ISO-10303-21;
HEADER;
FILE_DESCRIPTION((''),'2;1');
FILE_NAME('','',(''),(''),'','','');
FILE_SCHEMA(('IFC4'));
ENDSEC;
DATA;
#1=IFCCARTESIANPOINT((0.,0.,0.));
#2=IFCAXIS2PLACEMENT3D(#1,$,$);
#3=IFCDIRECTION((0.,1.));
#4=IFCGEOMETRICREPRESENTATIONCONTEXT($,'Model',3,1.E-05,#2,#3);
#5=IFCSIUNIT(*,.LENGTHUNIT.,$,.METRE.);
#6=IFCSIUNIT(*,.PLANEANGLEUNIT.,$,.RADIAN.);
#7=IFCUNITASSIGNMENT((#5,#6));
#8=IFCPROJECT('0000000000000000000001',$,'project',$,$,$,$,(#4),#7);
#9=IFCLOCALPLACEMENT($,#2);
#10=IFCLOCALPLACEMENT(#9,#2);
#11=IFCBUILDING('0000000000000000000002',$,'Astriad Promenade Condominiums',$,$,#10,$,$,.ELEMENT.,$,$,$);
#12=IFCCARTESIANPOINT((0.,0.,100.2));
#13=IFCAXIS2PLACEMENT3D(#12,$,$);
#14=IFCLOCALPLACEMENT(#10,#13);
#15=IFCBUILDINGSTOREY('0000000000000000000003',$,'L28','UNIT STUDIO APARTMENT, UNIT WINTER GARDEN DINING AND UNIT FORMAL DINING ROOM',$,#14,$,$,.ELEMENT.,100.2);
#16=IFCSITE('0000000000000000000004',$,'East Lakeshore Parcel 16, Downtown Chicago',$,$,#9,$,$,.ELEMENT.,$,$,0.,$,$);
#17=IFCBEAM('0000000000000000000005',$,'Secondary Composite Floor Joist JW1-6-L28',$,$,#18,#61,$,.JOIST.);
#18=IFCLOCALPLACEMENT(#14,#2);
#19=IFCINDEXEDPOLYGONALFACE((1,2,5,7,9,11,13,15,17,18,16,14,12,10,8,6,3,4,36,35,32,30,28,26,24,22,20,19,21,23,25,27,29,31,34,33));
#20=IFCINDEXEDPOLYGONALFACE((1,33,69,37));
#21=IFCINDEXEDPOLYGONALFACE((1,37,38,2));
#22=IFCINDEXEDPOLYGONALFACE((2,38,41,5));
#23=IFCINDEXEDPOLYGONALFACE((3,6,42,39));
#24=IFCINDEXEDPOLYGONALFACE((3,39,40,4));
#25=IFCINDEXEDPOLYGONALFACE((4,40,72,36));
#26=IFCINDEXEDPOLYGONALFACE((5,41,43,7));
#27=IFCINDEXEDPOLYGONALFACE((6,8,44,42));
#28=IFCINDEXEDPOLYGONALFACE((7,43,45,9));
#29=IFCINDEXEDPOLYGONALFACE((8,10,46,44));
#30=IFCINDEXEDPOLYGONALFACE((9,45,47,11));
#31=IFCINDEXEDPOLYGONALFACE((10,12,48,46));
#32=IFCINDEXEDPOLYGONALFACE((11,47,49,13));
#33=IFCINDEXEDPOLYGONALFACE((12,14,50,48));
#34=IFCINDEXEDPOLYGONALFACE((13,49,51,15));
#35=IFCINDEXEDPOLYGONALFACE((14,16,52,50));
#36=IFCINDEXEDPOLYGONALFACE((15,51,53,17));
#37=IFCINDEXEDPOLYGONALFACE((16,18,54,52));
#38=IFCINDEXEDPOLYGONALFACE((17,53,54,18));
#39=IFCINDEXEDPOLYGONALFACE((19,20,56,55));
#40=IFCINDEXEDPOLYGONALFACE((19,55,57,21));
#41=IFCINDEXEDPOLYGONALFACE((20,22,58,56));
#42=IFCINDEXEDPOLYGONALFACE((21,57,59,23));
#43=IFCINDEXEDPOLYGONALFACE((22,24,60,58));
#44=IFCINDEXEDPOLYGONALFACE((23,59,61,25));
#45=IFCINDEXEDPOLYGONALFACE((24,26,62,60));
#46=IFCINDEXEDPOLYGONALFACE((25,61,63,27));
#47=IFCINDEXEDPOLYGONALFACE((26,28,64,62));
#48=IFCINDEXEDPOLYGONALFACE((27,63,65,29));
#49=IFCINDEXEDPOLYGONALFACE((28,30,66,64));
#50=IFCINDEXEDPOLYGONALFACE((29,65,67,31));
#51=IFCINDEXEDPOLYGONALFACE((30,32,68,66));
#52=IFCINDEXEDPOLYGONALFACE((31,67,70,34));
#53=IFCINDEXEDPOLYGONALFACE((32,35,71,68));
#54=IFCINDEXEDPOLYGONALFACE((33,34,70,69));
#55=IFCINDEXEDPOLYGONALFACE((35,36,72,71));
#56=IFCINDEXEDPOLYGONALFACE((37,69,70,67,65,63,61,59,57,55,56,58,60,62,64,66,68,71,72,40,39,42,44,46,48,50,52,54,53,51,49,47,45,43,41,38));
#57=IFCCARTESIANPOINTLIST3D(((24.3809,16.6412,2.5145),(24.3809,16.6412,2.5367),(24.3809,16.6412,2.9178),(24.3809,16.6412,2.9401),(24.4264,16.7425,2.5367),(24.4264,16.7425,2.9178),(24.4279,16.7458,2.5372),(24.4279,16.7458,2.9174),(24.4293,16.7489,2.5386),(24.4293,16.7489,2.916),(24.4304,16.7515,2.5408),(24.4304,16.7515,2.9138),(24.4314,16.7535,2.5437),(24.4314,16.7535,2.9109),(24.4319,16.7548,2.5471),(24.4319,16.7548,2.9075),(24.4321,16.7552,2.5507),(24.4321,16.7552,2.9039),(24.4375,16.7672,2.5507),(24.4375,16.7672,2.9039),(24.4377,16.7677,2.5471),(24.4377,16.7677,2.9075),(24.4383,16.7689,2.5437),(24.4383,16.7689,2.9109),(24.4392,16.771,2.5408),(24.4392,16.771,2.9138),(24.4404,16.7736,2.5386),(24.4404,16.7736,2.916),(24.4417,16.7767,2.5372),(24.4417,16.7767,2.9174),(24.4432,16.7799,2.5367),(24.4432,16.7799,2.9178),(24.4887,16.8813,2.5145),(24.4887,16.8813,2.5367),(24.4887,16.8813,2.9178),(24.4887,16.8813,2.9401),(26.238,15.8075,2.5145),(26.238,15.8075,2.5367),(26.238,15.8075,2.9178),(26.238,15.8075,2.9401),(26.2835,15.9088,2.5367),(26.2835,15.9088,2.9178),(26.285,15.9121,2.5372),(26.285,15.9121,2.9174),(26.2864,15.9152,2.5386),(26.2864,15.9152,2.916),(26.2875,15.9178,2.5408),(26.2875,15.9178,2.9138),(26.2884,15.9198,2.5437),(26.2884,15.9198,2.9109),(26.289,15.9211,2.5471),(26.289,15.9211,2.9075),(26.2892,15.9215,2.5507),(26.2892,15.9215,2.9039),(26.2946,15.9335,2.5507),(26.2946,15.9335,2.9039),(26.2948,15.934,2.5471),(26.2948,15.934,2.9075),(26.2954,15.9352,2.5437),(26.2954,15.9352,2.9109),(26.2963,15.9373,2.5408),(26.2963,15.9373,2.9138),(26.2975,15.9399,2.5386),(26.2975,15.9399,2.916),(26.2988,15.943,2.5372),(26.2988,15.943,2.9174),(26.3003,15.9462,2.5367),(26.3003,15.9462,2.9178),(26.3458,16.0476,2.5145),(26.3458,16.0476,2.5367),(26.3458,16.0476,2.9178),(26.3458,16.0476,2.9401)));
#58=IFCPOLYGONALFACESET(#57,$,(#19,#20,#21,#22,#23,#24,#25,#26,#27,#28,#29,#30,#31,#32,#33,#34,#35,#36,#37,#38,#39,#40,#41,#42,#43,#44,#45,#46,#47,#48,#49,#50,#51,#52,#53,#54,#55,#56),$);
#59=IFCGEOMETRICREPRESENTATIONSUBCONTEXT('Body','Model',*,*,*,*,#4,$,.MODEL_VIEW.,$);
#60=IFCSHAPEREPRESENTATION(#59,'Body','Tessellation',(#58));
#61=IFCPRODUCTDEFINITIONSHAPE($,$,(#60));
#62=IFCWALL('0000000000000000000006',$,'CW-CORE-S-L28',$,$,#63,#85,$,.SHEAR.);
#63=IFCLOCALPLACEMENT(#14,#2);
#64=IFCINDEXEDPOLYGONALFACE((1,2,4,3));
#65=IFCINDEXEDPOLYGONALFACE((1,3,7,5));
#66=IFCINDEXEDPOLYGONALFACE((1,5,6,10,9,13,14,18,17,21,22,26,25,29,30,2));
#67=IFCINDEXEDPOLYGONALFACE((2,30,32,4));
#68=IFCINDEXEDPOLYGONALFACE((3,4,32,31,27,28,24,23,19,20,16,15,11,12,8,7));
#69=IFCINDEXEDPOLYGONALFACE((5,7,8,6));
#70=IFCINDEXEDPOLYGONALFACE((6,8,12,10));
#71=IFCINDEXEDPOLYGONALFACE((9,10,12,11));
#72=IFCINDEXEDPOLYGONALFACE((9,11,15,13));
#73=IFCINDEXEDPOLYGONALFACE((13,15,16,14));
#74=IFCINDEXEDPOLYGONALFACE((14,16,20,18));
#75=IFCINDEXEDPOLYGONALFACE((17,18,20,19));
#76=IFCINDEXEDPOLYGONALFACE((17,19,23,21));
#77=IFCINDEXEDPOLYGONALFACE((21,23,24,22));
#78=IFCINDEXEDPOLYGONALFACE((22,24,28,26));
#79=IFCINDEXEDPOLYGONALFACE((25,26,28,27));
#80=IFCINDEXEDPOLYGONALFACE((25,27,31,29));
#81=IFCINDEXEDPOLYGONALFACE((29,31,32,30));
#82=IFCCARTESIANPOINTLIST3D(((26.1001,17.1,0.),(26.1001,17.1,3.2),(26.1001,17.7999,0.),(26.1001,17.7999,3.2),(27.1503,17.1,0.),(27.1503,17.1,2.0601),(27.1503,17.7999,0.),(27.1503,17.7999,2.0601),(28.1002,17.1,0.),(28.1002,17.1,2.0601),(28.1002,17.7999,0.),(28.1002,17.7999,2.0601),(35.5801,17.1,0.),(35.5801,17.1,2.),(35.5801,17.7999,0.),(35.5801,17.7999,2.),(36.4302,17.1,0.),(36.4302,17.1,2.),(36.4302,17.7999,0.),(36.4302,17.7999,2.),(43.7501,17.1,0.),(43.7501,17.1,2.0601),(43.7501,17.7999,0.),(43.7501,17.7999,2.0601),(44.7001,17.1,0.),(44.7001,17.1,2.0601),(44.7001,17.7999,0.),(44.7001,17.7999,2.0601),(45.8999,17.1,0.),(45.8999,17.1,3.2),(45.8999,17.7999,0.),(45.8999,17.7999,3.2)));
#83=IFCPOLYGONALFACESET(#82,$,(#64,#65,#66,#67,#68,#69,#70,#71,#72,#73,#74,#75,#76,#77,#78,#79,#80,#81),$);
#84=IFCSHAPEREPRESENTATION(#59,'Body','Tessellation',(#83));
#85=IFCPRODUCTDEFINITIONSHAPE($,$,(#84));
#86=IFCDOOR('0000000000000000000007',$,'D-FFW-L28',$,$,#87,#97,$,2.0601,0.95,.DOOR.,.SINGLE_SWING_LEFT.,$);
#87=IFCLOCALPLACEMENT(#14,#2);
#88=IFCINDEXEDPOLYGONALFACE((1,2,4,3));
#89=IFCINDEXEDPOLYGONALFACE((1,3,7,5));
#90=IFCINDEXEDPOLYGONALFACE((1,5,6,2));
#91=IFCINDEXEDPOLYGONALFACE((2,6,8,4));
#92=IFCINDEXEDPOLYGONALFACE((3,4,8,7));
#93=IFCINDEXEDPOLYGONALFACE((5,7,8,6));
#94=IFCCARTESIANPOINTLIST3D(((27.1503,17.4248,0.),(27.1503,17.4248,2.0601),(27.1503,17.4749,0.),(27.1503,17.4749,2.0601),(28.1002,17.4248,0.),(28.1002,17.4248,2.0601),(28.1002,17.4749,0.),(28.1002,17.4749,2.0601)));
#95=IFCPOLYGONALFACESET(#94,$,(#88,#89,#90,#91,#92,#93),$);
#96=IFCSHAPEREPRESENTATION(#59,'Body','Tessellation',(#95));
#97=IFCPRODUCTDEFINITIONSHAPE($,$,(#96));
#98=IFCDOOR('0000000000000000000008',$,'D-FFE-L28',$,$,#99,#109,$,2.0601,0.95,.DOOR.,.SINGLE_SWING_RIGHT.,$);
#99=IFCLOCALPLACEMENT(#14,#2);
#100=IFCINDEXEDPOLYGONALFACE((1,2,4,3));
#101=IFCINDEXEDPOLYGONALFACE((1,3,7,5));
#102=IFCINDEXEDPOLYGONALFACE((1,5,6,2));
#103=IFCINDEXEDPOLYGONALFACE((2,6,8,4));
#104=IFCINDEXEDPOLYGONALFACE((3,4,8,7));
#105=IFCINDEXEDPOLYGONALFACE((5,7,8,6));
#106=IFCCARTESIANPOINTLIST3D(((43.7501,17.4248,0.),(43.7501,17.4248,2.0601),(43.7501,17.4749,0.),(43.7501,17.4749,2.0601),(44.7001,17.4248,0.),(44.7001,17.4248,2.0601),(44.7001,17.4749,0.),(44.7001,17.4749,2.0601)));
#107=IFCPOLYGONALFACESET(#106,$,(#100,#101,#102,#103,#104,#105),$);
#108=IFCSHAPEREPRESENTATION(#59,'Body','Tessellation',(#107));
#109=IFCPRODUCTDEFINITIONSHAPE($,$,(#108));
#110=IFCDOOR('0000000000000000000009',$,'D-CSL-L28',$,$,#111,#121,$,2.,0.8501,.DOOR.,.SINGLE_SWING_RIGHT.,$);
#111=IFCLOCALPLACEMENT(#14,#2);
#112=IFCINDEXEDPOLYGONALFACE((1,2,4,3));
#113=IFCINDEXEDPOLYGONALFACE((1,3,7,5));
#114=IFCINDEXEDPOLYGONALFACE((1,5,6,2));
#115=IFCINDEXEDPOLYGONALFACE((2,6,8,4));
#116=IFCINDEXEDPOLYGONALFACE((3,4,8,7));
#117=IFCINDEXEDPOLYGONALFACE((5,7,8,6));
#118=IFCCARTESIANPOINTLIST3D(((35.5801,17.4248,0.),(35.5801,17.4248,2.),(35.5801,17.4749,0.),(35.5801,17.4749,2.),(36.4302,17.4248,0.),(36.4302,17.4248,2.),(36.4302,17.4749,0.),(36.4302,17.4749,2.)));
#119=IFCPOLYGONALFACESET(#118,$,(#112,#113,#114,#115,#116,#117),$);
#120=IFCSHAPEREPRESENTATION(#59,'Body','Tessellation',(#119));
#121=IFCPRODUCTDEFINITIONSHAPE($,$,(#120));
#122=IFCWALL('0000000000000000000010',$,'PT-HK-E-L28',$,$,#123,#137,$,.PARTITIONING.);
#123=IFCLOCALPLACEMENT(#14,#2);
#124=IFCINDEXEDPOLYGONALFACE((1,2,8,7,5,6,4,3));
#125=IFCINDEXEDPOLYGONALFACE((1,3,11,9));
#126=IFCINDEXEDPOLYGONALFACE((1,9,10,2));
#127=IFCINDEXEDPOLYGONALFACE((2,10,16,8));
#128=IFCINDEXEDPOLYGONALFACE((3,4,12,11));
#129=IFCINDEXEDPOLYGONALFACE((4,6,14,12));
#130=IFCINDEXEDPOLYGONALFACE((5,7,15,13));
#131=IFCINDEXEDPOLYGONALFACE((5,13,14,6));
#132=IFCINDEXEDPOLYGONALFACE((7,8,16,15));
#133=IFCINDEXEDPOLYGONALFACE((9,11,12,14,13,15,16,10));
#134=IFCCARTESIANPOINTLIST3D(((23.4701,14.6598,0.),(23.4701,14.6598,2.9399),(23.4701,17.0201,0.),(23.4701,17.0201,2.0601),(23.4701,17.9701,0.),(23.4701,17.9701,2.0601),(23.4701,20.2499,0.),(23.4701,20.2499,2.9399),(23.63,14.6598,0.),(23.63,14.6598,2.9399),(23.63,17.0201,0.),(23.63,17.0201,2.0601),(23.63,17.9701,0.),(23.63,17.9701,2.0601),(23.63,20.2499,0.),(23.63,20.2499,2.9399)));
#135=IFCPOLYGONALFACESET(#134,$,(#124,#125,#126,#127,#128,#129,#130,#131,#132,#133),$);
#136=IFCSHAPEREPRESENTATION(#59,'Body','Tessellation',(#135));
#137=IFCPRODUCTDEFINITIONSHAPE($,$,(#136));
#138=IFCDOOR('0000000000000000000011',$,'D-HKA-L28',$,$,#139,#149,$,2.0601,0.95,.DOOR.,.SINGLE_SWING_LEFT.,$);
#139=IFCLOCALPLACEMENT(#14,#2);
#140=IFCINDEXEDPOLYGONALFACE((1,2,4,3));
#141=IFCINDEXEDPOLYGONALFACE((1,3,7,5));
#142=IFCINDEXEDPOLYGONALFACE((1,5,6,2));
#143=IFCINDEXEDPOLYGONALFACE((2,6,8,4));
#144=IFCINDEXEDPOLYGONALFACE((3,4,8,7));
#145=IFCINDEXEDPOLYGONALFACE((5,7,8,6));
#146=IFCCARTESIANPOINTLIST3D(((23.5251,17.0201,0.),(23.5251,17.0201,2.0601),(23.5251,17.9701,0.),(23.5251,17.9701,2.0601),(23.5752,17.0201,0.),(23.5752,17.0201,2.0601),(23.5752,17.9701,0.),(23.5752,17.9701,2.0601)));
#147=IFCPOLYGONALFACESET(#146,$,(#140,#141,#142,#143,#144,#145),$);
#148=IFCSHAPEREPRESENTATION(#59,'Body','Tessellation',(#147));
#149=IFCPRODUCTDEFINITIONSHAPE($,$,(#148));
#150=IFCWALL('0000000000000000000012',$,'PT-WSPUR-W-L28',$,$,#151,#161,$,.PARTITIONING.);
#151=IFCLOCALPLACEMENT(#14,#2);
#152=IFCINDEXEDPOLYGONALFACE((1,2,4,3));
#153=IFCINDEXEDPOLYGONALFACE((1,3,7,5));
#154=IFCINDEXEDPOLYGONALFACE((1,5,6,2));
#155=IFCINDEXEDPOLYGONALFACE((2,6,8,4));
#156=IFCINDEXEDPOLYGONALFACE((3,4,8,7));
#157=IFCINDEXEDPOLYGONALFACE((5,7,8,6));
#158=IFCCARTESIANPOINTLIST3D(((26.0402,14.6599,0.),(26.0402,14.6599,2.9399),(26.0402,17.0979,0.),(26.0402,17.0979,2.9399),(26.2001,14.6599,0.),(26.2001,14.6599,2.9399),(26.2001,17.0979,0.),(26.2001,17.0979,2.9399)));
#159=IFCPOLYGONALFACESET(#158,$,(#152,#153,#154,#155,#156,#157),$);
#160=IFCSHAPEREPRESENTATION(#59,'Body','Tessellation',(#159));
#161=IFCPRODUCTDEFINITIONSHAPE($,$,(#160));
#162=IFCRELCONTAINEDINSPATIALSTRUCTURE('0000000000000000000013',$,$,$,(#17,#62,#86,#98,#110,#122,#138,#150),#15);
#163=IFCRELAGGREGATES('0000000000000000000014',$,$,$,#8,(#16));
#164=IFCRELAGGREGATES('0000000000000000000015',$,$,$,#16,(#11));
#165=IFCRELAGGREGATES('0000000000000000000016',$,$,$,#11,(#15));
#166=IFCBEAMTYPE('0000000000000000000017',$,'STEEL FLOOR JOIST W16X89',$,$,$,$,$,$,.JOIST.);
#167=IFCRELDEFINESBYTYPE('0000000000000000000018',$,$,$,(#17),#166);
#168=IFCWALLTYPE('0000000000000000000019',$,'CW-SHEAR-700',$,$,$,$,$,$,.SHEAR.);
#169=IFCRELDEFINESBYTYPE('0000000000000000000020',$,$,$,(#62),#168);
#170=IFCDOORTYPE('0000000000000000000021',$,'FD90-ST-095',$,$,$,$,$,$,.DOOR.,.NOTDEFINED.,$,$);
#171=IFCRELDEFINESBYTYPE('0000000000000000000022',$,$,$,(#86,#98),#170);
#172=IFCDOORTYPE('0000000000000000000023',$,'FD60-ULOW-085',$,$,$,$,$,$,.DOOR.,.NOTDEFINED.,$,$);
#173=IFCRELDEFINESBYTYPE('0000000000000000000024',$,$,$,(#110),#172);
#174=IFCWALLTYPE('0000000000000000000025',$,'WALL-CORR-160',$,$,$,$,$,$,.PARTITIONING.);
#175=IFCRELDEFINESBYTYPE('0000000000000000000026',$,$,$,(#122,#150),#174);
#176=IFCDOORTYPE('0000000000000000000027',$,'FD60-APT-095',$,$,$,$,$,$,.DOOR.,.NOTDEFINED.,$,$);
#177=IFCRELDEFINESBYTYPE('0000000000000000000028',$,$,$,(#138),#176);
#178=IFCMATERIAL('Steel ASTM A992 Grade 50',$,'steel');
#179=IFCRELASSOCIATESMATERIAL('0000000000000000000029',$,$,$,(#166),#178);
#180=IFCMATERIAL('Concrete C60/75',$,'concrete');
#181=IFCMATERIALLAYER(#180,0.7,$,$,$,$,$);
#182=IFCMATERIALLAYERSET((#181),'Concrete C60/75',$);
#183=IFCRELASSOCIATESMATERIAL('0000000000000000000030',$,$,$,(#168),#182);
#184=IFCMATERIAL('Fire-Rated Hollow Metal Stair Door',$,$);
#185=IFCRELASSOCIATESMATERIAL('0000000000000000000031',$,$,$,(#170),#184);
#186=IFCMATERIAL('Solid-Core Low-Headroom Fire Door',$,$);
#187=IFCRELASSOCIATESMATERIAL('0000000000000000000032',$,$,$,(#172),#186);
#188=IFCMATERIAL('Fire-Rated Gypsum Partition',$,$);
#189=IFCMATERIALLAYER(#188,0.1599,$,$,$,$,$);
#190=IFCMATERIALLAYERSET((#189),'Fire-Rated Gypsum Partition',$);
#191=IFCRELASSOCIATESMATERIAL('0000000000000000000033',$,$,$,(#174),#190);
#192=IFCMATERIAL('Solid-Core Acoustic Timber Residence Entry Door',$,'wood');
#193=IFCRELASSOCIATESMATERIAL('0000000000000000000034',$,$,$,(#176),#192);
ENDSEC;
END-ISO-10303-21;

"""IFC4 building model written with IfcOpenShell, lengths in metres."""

from ifc_helpers import new_model, si_unit, direction, frame, frame_2d, origin, origin_2d, place, context, subcontext, project, spatial, rectangle, i_section, extrude, source, transform, mapped, material, layer, layer_set, material_profile, profile_set, type_object, type_shapes, element, fill, save


model = new_model("IFC4")

# Units and contexts
model_context = context("Model", 3, precision=1e-05, world=origin(), true_north=direction((0.0, 1.0)))
body_context = subcontext(model_context, "Body", "Model", "MODEL_VIEW")
ifc_project = project(units=[si_unit("LENGTHUNIT", "METRE"), si_unit("PLANEANGLEUNIT", "RADIAN")], contexts=[model_context])

# Site, building, storey
site_placement = place(None, origin())
site = spatial("IfcSite", under=ifc_project, at=site_placement, Name="East Lakeshore Parcel 16, Downtown Chicago", CompositionType="ELEMENT", RefElevation=0.0)
building_placement = place(site_placement, origin())
building = spatial("IfcBuilding", under=site, at=building_placement, Name="Astriad Promenade Condominiums", CompositionType="ELEMENT")
storey_placement = place(building_placement, frame((0.0, 0.0, 100.2)))
storey = spatial("IfcBuildingStorey", under=building, at=storey_placement, Name="L28", Description="UNIT STUDIO APARTMENT, UNIT WINTER GARDEN DINING AND UNIT FORMAL DINING ROOM", CompositionType="ELEMENT", Elevation=100.2)

# Shared definitions
ifc_material_1 = material(Name="Steel ASTM A992 Grade 50", Category="steel")
ifc_material_2 = material(Name="Concrete C60/75", Category="concrete")

# Beam
ifc_material_profile_1 = material_profile(ifc_material_1, i_section(OverallWidth=0.2632, OverallDepth=0.4255, WebThickness=0.0132, FlangeThickness=0.0222, FilletRadius=0.0139, at=origin_2d()), Name="W16X89")
ifc_profile_set_1 = profile_set([ifc_material_profile_1], Name="Steel ASTM A992 Grade 50")
beam_type_1 = type_object("IfcBeamType", Name="STEEL FLOOR JOIST W16X89", PredefinedType="JOIST", material=ifc_profile_set_1)
shared_shape_1 = source(origin(), body_context, "Body", "SweptSolid", [
    extrude(i_section(OverallWidth=0.2632, OverallDepth=0.4255, WebThickness=0.0132, FlangeThickness=0.0222, FilletRadius=0.0139, at=origin_2d()), origin(), (0.0, 0.0, 1.0), 2.0356),
])
beam_1_placement = place(storey_placement, frame((24.4348, 16.7612, 2.7273), z_axis=(0.912287, -0.409552, 0.0), x_axis=(0.409552, 0.912287, 0.0)))
element("IfcBeam", 1, at=beam_1_placement, inside=storey, type_object=beam_type_1, Name="Secondary Composite Floor Joist JW1-6-L28", PredefinedType="JOIST", context=body_context, shape_type="MappedRepresentation", body=[
    mapped(shared_shape_1, transform((0.0, 0.0, 0.0), scale=1.0)),
])

# Wall, openings, doors
ifc_layer_1 = layer(ifc_material_2, 0.7)
ifc_layer_set_1 = layer_set([ifc_layer_1], Name="Concrete C60/75")
wall_type_1 = type_object("IfcWallType", Name="CW-SHEAR-700", PredefinedType="SHEAR", material=ifc_layer_set_1)
wall_1_placement = place(storey_placement, frame((26.1001, 17.45, 0.0), z_axis=(0.0, 0.0, 1.0), x_axis=(1.0, 0.0, 0.0)))
wall_1 = element("IfcWall", 2, at=wall_1_placement, inside=storey, type_object=wall_type_1, Name="CW-CORE-S-L28", PredefinedType="SHEAR", context=body_context, shape_type="SweptSolid", body=[
    extrude(rectangle(XDim=19.7998, YDim=0.7, at=frame_2d((9.8999, 0.0))), origin(), (0.0, 0.0, 1.0), 3.2),
])
opening_1_placement = place(wall_1_placement, frame((1.05, 0.0, 0.0)))
opening_1 = element("IfcOpeningElement", 3, at=opening_1_placement, cuts=wall_1, PredefinedType="OPENING", context=body_context, shape_type="SweptSolid", body=[
    extrude(rectangle(XDim=0.95, YDim=2.0601, at=frame_2d((0.4751, 1.03))), frame((0.0, 0.3599, 0.0), z_axis=(0.0, -1.0, 0.0), x_axis=(1.0, 0.0, 0.0)), (0.0, 0.0, 1.0), 0.72),
])
opening_2_placement = place(wall_1_placement, frame((9.48, 0.0, 0.0)))
opening_2 = element("IfcOpeningElement", 4, at=opening_2_placement, cuts=wall_1, PredefinedType="OPENING", context=body_context, shape_type="SweptSolid", body=[
    extrude(rectangle(XDim=0.8501, YDim=2.0, at=frame_2d((0.425, 1.0))), frame((0.0, 0.3599, 0.0), z_axis=(0.0, -1.0, 0.0), x_axis=(1.0, 0.0, 0.0)), (0.0, 0.0, 1.0), 0.72),
])
opening_3_placement = place(wall_1_placement, frame((17.6499, 0.0, 0.0)))
opening_3 = element("IfcOpeningElement", 5, at=opening_3_placement, cuts=wall_1, PredefinedType="OPENING", context=body_context, shape_type="SweptSolid", body=[
    extrude(rectangle(XDim=0.95, YDim=2.0601, at=frame_2d((0.4751, 1.03))), frame((0.0, 0.3599, 0.0), z_axis=(0.0, -1.0, 0.0), x_axis=(1.0, 0.0, 0.0)), (0.0, 0.0, 1.0), 0.72),
])
ifc_material_3 = material(Name="Fire-Rated Hollow Metal Stair Door")
door_type_1 = type_object("IfcDoorType", Name="FD90-ST-095", OperationType="NOTDEFINED", PredefinedType="DOOR", material=ifc_material_3)
shared_shape_2 = source(origin(), body_context, "Body", "SweptSolid", [
    extrude(rectangle(XDim=0.95, YDim=2.0601, at=frame_2d((0.4751, 1.03))), frame((0.0, 0.0249, 0.0), z_axis=(0.0, -1.0, 0.0), x_axis=(1.0, 0.0, 0.0)), (0.0, 0.0, 1.0), 0.05),
])
type_shapes(door_type_1, [shared_shape_2])
door_1_placement = place(opening_1_placement, origin())
door_1 = element("IfcDoor", 6, at=door_1_placement, inside=storey, type_object=door_type_1, Name="D-FFW-L28", OperationType="SINGLE_SWING_LEFT", OverallHeight=2.0601, OverallWidth=0.95, PredefinedType="DOOR", context=body_context, shape_type="MappedRepresentation", body=[
    mapped(shared_shape_2, transform((0.0, 0.0, 0.0), scale=1.0)),
])
fill(opening_1, door_1)
door_2_placement = place(opening_3_placement, origin())
door_2 = element("IfcDoor", 7, at=door_2_placement, inside=storey, type_object=door_type_1, Name="D-FFE-L28", OperationType="SINGLE_SWING_RIGHT", OverallHeight=2.0601, OverallWidth=0.95, PredefinedType="DOOR", context=body_context, shape_type="MappedRepresentation", body=[
    mapped(shared_shape_2, transform((0.0, 0.0, 0.0), scale=1.0)),
])
fill(opening_3, door_2)
ifc_material_4 = material(Name="Solid-Core Low-Headroom Fire Door")
door_type_2 = type_object("IfcDoorType", Name="FD60-ULOW-085", OperationType="NOTDEFINED", PredefinedType="DOOR", material=ifc_material_4)
shared_shape_3 = source(origin(), body_context, "Body", "SweptSolid", [
    extrude(rectangle(XDim=0.8501, YDim=2.0, at=frame_2d((0.425, 1.0))), frame((0.0, 0.0249, 0.0), z_axis=(0.0, -1.0, 0.0), x_axis=(1.0, 0.0, 0.0)), (0.0, 0.0, 1.0), 0.05),
])
type_shapes(door_type_2, [shared_shape_3])
door_3_placement = place(opening_2_placement, origin())
door_3 = element("IfcDoor", 8, at=door_3_placement, inside=storey, type_object=door_type_2, Name="D-CSL-L28", OperationType="SINGLE_SWING_RIGHT", OverallHeight=2.0, OverallWidth=0.8501, PredefinedType="DOOR", context=body_context, shape_type="MappedRepresentation", body=[
    mapped(shared_shape_3, transform((0.0, 0.0, 0.0), scale=1.0)),
])
fill(opening_2, door_3)

# Wall, opening, door
ifc_material_5 = material(Name="Fire-Rated Gypsum Partition")
ifc_layer_2 = layer(ifc_material_5, 0.1599)
ifc_layer_set_2 = layer_set([ifc_layer_2], Name="Fire-Rated Gypsum Partition")
wall_type_2 = type_object("IfcWallType", Name="WALL-CORR-160", PredefinedType="PARTITIONING", material=ifc_layer_set_2)
wall_2_placement = place(storey_placement, frame((23.55, 14.6599, 0.0), z_axis=(0.0, 0.0, 1.0), x_axis=(0.0, 1.0, 0.0)))
wall_2 = element("IfcWall", 9, at=wall_2_placement, inside=storey, type_object=wall_type_2, Name="PT-HK-E-L28", PredefinedType="PARTITIONING", context=body_context, shape_type="SweptSolid", body=[
    extrude(rectangle(XDim=5.5901, YDim=0.1599, at=frame_2d((2.7949, 0.0))), origin(), (0.0, 0.0, 1.0), 2.9399),
])
opening_4_placement = place(wall_2_placement, frame((2.3601, 0.0, 0.0)))
opening_4 = element("IfcOpeningElement", 10, at=opening_4_placement, cuts=wall_2, PredefinedType="OPENING", context=body_context, shape_type="SweptSolid", body=[
    extrude(rectangle(XDim=0.95, YDim=2.0601, at=frame_2d((0.4751, 1.03))), frame((0.0, 0.0898, 0.0), z_axis=(0.0, -1.0, 0.0), x_axis=(1.0, 0.0, 0.0)), (0.0, 0.0, 1.0), 0.1799),
])
ifc_material_6 = material(Name="Solid-Core Acoustic Timber Residence Entry Door", Category="wood")
door_type_3 = type_object("IfcDoorType", Name="FD60-APT-095", OperationType="NOTDEFINED", PredefinedType="DOOR", material=ifc_material_6)
shared_shape_4 = source(origin(), body_context, "Body", "SweptSolid", [
    extrude(rectangle(XDim=0.95, YDim=2.0601, at=frame_2d((0.4751, 1.03))), frame((0.0, 0.0249, 0.0), z_axis=(0.0, -1.0, 0.0), x_axis=(1.0, 0.0, 0.0)), (0.0, 0.0, 1.0), 0.05),
])
type_shapes(door_type_3, [shared_shape_4])
door_4_placement = place(opening_4_placement, origin())
door_4 = element("IfcDoor", 11, at=door_4_placement, inside=storey, type_object=door_type_3, Name="D-HKA-L28", OperationType="SINGLE_SWING_LEFT", OverallHeight=2.0601, OverallWidth=0.95, PredefinedType="DOOR", context=body_context, shape_type="MappedRepresentation", body=[
    mapped(shared_shape_4, transform((0.0, 0.0, 0.0), scale=1.0)),
])
fill(opening_4, door_4)

# Wall
wall_3_placement = place(storey_placement, frame((26.1201, 14.6599, 0.0), z_axis=(0.0, 0.0, 1.0), x_axis=(0.0, 1.0, 0.0)))
element("IfcWall", 12, at=wall_3_placement, inside=storey, type_object=wall_type_2, Name="PT-WSPUR-W-L28", PredefinedType="PARTITIONING", context=body_context, shape_type="SweptSolid", body=[
    extrude(rectangle(XDim=2.438, YDim=0.1599, at=frame_2d((1.219, 0.0))), origin(), (0.0, 0.0, 1.0), 2.9399),
])

save(model, "model.ifc")
